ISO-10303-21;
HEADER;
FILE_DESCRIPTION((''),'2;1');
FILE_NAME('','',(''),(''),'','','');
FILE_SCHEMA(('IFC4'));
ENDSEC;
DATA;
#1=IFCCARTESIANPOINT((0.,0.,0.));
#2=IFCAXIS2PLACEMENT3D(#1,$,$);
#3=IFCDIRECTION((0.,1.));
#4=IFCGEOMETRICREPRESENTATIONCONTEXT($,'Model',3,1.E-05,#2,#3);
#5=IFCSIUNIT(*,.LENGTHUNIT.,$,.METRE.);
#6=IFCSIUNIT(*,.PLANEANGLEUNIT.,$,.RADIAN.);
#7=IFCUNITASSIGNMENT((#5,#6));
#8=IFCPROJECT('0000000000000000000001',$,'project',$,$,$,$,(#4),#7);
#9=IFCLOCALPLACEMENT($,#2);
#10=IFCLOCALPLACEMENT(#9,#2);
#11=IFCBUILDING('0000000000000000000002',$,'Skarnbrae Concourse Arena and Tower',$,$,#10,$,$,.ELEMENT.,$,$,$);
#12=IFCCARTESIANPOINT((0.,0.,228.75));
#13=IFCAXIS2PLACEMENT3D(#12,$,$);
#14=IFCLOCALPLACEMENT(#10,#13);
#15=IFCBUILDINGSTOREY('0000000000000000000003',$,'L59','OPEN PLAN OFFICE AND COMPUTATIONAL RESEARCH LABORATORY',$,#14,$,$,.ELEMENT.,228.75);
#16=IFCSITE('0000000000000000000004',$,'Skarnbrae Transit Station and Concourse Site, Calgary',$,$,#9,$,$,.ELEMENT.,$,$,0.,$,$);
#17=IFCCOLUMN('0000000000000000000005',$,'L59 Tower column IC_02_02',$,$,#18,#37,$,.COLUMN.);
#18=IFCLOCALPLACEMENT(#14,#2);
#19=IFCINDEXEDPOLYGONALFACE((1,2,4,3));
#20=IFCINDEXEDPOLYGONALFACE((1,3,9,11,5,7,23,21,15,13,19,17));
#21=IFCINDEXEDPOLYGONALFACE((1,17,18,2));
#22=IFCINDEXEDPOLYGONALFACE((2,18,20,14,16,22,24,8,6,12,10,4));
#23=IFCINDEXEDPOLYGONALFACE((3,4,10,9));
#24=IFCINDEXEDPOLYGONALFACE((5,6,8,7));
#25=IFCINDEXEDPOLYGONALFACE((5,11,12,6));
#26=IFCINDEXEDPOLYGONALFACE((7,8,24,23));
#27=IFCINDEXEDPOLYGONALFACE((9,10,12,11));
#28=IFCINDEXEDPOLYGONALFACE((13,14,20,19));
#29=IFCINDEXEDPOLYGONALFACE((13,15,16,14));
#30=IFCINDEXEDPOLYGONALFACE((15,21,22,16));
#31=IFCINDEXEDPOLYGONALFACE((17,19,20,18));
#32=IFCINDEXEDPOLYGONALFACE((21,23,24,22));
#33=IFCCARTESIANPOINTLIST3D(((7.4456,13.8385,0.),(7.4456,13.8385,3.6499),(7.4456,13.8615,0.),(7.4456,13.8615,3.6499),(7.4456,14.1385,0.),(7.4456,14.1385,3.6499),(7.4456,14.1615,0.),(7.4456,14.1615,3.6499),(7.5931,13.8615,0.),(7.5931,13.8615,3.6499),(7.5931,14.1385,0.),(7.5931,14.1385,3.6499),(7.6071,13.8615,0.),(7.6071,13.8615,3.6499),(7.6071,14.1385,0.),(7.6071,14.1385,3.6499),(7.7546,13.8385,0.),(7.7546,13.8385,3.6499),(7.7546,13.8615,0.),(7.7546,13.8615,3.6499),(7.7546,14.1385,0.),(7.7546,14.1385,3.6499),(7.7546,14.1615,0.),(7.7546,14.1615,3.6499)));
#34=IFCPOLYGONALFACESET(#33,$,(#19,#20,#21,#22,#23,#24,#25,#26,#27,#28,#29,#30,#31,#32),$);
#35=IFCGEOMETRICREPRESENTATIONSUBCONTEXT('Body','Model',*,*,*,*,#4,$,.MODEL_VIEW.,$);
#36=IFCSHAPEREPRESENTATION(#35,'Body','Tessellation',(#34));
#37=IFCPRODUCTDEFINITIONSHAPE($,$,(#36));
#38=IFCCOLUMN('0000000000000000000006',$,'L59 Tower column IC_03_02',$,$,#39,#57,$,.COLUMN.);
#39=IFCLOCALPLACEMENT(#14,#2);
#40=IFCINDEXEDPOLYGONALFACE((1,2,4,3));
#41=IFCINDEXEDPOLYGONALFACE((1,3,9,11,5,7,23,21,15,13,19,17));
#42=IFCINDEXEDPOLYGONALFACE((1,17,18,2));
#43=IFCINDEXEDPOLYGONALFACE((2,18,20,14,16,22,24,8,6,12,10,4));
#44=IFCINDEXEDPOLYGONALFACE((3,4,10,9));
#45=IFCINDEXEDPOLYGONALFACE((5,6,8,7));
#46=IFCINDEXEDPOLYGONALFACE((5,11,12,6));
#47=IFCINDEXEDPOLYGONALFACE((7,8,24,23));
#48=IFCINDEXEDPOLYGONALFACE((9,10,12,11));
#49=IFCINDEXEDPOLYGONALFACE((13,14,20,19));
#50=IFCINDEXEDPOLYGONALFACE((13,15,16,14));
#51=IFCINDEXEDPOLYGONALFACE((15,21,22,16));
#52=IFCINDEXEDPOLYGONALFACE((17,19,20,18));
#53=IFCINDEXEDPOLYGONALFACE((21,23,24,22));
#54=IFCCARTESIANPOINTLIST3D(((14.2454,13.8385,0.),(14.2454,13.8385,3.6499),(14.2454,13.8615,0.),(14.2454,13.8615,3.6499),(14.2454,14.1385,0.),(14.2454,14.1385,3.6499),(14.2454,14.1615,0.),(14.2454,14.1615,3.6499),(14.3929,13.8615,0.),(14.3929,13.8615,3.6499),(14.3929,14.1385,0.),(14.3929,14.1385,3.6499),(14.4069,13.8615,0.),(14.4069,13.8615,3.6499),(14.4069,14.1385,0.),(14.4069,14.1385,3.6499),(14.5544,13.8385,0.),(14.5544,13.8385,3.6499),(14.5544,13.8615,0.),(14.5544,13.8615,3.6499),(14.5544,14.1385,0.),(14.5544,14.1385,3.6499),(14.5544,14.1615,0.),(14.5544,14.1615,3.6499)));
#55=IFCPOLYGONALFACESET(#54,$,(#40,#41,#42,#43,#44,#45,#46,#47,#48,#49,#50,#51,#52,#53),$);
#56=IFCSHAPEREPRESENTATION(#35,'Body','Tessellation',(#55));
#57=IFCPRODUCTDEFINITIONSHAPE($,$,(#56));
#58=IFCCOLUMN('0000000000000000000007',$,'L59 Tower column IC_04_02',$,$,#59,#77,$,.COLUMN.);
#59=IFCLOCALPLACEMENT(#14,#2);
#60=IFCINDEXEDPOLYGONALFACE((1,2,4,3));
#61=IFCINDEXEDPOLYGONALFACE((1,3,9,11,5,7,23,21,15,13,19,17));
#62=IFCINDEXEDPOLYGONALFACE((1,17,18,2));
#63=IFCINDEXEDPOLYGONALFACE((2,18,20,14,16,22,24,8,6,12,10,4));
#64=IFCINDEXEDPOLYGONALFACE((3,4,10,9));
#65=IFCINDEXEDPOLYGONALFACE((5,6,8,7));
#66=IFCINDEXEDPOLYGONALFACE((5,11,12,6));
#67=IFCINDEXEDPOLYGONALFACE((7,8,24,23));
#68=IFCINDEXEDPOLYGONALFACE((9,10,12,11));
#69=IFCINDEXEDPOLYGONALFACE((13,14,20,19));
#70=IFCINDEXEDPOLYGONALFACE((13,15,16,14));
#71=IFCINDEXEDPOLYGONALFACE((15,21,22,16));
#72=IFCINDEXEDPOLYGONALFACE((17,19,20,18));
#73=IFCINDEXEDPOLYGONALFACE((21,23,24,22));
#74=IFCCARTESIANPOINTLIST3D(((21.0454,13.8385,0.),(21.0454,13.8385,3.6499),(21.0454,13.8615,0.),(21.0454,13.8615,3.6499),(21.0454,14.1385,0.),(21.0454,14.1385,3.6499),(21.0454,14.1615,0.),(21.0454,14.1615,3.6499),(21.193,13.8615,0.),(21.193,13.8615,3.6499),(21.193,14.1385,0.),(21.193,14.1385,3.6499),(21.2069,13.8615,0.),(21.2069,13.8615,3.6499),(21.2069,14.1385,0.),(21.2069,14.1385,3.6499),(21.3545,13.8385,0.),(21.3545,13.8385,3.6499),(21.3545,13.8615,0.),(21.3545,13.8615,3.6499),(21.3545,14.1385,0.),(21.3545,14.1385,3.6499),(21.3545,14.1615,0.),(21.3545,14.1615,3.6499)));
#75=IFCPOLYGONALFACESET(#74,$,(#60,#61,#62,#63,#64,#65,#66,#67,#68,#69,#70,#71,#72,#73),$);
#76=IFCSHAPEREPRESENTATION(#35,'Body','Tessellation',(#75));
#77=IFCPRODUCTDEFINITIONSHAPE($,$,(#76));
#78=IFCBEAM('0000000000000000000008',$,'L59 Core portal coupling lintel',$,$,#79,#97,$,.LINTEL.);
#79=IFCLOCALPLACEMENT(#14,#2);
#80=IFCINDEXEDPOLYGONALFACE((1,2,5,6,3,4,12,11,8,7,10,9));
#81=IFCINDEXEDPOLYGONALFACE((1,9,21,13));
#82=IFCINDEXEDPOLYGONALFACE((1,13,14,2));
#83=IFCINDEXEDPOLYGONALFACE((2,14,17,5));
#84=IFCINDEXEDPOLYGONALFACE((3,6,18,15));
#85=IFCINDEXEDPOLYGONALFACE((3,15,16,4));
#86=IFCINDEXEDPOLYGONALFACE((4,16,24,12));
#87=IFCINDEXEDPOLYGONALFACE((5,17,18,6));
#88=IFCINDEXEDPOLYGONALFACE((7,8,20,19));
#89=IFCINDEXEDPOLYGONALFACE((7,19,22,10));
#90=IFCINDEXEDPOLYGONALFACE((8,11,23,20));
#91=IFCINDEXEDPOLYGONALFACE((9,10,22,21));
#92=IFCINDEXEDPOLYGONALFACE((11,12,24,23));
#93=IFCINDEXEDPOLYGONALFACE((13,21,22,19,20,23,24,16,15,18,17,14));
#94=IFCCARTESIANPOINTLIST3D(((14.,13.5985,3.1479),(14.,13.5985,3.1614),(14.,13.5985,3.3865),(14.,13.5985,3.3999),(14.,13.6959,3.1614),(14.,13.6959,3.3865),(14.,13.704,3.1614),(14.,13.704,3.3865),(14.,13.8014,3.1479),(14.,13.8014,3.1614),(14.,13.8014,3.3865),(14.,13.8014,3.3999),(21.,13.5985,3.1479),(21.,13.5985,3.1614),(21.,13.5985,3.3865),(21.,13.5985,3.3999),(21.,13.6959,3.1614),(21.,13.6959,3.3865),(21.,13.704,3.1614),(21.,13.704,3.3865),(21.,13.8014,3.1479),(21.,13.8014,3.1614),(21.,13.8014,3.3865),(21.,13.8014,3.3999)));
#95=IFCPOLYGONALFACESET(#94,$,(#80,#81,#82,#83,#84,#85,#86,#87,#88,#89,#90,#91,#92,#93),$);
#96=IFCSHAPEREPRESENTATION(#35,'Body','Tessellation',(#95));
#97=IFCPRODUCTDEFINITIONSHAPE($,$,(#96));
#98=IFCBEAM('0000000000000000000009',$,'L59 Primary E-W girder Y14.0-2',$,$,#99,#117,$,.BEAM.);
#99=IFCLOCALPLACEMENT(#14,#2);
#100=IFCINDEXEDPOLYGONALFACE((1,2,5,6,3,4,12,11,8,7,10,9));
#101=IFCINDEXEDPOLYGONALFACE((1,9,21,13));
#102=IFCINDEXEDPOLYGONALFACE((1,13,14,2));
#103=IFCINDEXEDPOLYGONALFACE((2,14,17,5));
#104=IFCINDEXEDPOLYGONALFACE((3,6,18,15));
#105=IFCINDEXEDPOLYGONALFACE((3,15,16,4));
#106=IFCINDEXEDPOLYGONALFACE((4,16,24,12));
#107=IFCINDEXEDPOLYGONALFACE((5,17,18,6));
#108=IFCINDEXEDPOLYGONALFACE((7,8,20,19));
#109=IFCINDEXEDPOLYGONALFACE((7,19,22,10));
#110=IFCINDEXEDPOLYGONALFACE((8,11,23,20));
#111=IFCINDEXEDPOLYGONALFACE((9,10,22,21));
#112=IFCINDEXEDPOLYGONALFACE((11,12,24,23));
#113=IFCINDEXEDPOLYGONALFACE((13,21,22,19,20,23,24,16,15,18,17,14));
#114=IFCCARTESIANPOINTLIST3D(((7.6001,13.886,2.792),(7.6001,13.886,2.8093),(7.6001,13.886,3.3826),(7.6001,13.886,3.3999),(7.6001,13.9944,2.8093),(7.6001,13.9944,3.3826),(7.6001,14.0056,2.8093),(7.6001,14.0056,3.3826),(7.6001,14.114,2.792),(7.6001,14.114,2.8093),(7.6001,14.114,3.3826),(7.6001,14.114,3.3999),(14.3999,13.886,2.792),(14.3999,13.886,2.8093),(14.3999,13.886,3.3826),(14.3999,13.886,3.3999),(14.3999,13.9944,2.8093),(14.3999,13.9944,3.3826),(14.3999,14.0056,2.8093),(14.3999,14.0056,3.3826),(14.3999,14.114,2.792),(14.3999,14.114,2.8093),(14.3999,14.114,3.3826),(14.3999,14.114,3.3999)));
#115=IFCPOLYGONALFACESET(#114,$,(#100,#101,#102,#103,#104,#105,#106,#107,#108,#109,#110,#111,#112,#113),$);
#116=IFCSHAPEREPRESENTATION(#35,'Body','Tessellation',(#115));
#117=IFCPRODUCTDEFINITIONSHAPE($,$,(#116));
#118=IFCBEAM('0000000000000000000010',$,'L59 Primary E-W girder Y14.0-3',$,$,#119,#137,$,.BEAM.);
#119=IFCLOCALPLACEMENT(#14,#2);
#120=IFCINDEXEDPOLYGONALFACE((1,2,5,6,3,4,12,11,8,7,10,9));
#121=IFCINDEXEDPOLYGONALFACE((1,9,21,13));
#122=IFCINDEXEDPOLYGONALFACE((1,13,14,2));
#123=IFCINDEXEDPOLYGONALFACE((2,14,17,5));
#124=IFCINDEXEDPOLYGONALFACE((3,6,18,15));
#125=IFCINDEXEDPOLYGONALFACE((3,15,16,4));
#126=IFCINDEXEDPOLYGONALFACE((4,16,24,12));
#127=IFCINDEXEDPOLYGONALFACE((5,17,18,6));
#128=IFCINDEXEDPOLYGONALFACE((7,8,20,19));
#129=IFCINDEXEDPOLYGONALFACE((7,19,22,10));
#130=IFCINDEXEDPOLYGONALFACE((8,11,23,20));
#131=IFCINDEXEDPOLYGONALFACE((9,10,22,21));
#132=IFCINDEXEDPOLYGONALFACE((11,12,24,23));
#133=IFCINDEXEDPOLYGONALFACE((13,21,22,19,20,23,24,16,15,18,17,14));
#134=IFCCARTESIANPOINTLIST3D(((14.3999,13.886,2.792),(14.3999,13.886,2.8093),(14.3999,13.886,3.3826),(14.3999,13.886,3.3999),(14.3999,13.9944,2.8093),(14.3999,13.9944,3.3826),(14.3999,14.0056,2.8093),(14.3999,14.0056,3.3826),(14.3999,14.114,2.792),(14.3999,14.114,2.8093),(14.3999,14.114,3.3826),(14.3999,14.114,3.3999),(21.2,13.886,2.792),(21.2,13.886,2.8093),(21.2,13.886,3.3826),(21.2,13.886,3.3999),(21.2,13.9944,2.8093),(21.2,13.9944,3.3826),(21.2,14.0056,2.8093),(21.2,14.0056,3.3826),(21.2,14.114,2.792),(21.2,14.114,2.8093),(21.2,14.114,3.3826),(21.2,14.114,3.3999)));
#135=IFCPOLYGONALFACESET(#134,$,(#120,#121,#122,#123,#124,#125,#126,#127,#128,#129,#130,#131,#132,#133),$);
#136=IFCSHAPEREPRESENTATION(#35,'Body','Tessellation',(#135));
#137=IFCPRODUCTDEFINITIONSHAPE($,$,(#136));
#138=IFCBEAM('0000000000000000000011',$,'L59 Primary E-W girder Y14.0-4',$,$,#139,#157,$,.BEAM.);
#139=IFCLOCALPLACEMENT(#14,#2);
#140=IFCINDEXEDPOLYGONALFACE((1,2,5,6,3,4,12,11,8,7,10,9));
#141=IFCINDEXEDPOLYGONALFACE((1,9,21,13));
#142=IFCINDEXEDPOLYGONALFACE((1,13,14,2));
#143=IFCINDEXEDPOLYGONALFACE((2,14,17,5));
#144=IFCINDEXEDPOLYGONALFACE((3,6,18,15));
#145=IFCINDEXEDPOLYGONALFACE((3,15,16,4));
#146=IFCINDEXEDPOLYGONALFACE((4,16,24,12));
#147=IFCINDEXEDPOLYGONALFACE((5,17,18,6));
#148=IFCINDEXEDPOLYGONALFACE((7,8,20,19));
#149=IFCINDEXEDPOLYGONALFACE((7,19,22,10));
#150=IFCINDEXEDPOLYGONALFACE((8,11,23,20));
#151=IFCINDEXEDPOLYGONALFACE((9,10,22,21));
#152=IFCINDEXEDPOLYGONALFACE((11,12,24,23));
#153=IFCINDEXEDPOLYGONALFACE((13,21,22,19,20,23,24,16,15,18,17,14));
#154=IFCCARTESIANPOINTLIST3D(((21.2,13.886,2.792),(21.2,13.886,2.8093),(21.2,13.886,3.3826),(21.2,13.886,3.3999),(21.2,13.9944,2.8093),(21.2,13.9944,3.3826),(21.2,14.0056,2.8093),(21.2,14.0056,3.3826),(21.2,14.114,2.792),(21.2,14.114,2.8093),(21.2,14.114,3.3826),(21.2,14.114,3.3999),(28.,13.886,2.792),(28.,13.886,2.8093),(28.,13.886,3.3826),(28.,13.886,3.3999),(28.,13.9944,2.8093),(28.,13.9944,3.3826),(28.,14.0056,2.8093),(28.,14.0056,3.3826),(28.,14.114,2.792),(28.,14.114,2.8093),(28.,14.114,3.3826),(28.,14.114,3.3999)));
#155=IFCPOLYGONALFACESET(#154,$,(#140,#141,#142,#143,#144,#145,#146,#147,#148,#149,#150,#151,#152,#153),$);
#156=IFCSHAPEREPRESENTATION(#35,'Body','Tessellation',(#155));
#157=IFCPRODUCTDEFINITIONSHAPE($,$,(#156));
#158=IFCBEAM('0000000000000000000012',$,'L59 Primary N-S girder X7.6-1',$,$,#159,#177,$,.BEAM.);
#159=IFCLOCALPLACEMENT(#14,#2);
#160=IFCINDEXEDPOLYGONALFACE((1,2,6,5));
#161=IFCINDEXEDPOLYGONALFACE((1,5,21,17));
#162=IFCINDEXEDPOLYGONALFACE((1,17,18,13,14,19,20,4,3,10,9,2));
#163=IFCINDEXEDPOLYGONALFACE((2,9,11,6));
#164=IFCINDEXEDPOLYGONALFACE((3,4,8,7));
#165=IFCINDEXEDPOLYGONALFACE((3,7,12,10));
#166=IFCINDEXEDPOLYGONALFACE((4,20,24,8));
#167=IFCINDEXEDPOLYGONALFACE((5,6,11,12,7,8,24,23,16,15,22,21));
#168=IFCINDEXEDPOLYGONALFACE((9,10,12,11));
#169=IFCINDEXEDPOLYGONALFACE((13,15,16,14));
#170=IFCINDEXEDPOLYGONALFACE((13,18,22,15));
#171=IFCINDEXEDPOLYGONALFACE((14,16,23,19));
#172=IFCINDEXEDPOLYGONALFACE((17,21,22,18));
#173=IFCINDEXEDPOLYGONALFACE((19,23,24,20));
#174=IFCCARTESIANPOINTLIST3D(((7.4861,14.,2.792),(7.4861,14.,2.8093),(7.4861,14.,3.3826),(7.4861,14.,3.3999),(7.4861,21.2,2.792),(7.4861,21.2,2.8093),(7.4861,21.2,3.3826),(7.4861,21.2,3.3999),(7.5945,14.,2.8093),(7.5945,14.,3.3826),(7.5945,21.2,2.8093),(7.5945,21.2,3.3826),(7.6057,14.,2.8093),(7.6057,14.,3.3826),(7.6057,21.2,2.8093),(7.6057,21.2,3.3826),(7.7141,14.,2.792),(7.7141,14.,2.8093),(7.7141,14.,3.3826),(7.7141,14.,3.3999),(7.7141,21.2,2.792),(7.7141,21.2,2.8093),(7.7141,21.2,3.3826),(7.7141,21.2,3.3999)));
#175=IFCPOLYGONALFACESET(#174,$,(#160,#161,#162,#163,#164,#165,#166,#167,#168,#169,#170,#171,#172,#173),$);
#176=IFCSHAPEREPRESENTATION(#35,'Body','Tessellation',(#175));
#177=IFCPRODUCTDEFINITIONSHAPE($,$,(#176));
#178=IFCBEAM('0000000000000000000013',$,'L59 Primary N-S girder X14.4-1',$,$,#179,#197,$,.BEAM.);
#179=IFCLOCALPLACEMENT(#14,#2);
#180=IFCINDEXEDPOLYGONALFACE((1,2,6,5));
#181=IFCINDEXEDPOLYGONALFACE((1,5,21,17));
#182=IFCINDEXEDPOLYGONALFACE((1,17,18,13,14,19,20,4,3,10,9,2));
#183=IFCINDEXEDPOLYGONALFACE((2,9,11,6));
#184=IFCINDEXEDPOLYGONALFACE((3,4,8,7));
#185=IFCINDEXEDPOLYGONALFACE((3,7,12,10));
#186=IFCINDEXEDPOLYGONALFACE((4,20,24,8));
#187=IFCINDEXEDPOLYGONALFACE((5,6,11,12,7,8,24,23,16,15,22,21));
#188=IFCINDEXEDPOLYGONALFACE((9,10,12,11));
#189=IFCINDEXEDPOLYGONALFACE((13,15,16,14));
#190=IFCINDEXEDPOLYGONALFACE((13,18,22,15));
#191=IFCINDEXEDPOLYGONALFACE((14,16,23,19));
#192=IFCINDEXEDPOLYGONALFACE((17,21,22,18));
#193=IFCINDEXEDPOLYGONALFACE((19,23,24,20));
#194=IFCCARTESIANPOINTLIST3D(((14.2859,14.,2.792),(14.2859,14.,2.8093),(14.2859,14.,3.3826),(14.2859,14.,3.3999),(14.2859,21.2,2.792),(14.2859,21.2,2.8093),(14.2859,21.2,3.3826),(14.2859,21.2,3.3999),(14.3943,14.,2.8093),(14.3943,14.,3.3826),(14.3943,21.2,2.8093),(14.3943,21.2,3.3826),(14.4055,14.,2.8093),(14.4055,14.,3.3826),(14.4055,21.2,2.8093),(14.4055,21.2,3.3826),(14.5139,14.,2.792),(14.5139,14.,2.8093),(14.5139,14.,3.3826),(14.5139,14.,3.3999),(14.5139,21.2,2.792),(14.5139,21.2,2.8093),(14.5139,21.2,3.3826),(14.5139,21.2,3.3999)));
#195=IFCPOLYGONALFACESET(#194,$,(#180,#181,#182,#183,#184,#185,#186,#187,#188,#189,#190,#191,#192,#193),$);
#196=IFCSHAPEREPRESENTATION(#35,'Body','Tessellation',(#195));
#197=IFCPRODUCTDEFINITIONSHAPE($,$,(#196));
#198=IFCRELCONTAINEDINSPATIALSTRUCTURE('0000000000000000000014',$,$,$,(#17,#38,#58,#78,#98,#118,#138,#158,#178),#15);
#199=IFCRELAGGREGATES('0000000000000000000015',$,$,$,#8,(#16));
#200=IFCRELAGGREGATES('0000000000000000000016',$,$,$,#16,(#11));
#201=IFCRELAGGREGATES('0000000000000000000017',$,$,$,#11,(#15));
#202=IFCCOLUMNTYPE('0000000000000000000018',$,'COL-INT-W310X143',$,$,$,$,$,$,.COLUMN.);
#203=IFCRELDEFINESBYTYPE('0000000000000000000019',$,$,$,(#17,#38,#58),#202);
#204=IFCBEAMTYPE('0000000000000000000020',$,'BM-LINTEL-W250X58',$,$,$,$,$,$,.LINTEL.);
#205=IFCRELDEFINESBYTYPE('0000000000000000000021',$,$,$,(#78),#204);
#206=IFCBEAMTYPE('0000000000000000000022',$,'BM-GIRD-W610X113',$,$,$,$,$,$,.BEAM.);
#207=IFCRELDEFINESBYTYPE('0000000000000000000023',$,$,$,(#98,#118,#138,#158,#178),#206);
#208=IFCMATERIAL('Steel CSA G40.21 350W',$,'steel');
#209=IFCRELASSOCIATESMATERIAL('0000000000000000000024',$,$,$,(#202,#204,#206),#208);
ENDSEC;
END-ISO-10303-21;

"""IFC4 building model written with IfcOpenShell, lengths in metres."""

from ifc_helpers import new_model, si_unit, direction, frame, origin, origin_2d, place, context, subcontext, project, spatial, i_section, extrude, source, transform, mapped, material, material_profile, profile_set, type_object, element, save


model = new_model("IFC4")

# Units and contexts
model_context = context("Model", 3, precision=1e-05, world=origin(), true_north=direction((0.0, 1.0)))
body_context = subcontext(model_context, "Body", "Model", "MODEL_VIEW")
ifc_project = project(units=[si_unit("LENGTHUNIT", "METRE"), si_unit("PLANEANGLEUNIT", "RADIAN")], contexts=[model_context])

# Site, building, storey
site_placement = place(None, origin())
site = spatial("IfcSite", under=ifc_project, at=site_placement, Name="Skarnbrae Transit Station and Concourse Site, Calgary", CompositionType="ELEMENT", RefElevation=0.0)
building_placement = place(site_placement, origin())
building = spatial("IfcBuilding", under=site, at=building_placement, Name="Skarnbrae Concourse Arena and Tower", CompositionType="ELEMENT")
storey_placement = place(building_placement, frame((0.0, 0.0, 228.75)))
storey = spatial("IfcBuildingStorey", under=building, at=storey_placement, Name="L59", Description="OPEN PLAN OFFICE AND COMPUTATIONAL RESEARCH LABORATORY", CompositionType="ELEMENT", Elevation=228.75)

# Columns
ifc_material_1 = material(Name="Steel CSA G40.21 350W", Category="steel")
ifc_material_profile_1 = material_profile(ifc_material_1, i_section(OverallWidth=0.3091, OverallDepth=0.323, WebThickness=0.0139, FlangeThickness=0.0229, at=origin_2d()), Name="W310X143")
ifc_profile_set_1 = profile_set([ifc_material_profile_1], Name="Steel CSA G40.21 350W")
column_type = type_object("IfcColumnType", Name="COL-INT-W310X143", PredefinedType="COLUMN", material=ifc_profile_set_1)
shared_shape_1 = source(origin(), body_context, "Body", "SweptSolid", [
    extrude(i_section(OverallWidth=0.3091, OverallDepth=0.323, WebThickness=0.0139, FlangeThickness=0.0229, at=origin_2d()), origin(), (0.0, 0.0, 1.0), 3.6499),
])
for number, where, z_axis, x_axis, name in (
    (1, (7.6001, 14.0, 0.0), (0.0, 0.0, 1.0), (1.0, 0.0, 0.0), "L59 Tower column IC_02_02"),
    (2, (14.3999, 14.0, 0.0), (0.0, 0.0, 1.0), (1.0, 0.0, 0.0), "L59 Tower column IC_03_02"),
    (3, (21.2, 14.0, 0.0), (0.0, 0.0, 1.0), (1.0, 0.0, 0.0), "L59 Tower column IC_04_02"),
):
    element("IfcColumn", number, at=place(storey_placement, frame(where, z_axis=z_axis, x_axis=x_axis)), inside=storey, type_object=column_type, Name=name, PredefinedType="COLUMN", context=body_context, shape_type="MappedRepresentation", body=[
        mapped(shared_shape_1, transform((0.0, 0.0, 0.0))),
    ])

# Beams
ifc_material_profile_2 = material_profile(ifc_material_1, i_section(OverallWidth=0.2029, OverallDepth=0.252, WebThickness=0.0081, FlangeThickness=0.0134, at=origin_2d()), Name="W250X58")
ifc_profile_set_2 = profile_set([ifc_material_profile_2], Name="Steel CSA G40.21 350W")
beam_type_1 = type_object("IfcBeamType", Name="BM-LINTEL-W250X58", PredefinedType="LINTEL", material=ifc_profile_set_2)
shared_shape_2 = source(origin(), body_context, "Body", "SweptSolid", [
    extrude(i_section(OverallWidth=0.2029, OverallDepth=0.252, WebThickness=0.0081, FlangeThickness=0.0134, at=origin_2d()), origin(), (0.0, 0.0, 1.0), 7.0),
])
beam_1_placement = place(storey_placement, frame((14.0, 13.7, 3.2739), z_axis=(1.0, 0.0, 0.0), x_axis=(0.0, 1.0, 0.0)))
element("IfcBeam", 4, at=beam_1_placement, inside=storey, type_object=beam_type_1, Name="L59 Core portal coupling lintel", PredefinedType="LINTEL", context=body_context, shape_type="MappedRepresentation", body=[
    mapped(shared_shape_2, transform((0.0, 0.0, 0.0))),
])
ifc_material_profile_3 = material_profile(ifc_material_1, i_section(OverallWidth=0.228, OverallDepth=0.6079, WebThickness=0.0112, FlangeThickness=0.0173, at=origin_2d()), Name="W610X113")
ifc_profile_set_3 = profile_set([ifc_material_profile_3], Name="Steel CSA G40.21 350W")
beam_type_2 = type_object("IfcBeamType", Name="BM-GIRD-W610X113", PredefinedType="BEAM", material=ifc_profile_set_3)
shared_shape_3 = source(origin(), body_context, "Body", "SweptSolid", [
    extrude(i_section(OverallWidth=0.228, OverallDepth=0.6079, WebThickness=0.0112, FlangeThickness=0.0173, at=origin_2d()), origin(), (0.0, 0.0, 1.0), 6.7998),
])
beam_2_placement = place(storey_placement, frame((7.6001, 14.0, 3.0959), z_axis=(1.0, 0.0, 0.0), x_axis=(0.0, 1.0, 0.0)))
element("IfcBeam", 5, at=beam_2_placement, inside=storey, type_object=beam_type_2, Name="L59 Primary E-W girder Y14.0-2", PredefinedType="BEAM", context=body_context, shape_type="MappedRepresentation", body=[
    mapped(shared_shape_3, transform((0.0, 0.0, 0.0))),
])
shared_shape_4 = source(origin(), body_context, "Body", "SweptSolid", [
    extrude(i_section(OverallWidth=0.228, OverallDepth=0.6079, WebThickness=0.0112, FlangeThickness=0.0173, at=origin_2d()), origin(), (0.0, 0.0, 1.0), 6.8),
])
for number, where, z_axis, x_axis, name in (
    (6, (14.3999, 14.0, 3.0959), (1.0, 0.0, 0.0), (0.0, 1.0, 0.0), "L59 Primary E-W girder Y14.0-3"),
    (7, (21.2, 14.0, 3.0959), (1.0, 0.0, 0.0), (0.0, 1.0, 0.0), "L59 Primary E-W girder Y14.0-4"),
):
    element("IfcBeam", number, at=place(storey_placement, frame(where, z_axis=z_axis, x_axis=x_axis)), inside=storey, type_object=beam_type_2, Name=name, PredefinedType="BEAM", context=body_context, shape_type="MappedRepresentation", body=[
        mapped(shared_shape_4, transform((0.0, 0.0, 0.0))),
    ])
shared_shape_5 = source(origin(), body_context, "Body", "SweptSolid", [
    extrude(i_section(OverallWidth=0.228, OverallDepth=0.6079, WebThickness=0.0112, FlangeThickness=0.0173, at=origin_2d()), origin(), (0.0, 0.0, 1.0), 7.2),
])
for number, where, z_axis, x_axis, name in (
    (8, (7.6001, 14.0, 3.0959), (0.0, 1.0, 0.0), (-1.0, 0.0, 0.0), "L59 Primary N-S girder X7.6-1"),
    (9, (14.3999, 14.0, 3.0959), (0.0, 1.0, 0.0), (-1.0, 0.0, 0.0), "L59 Primary N-S girder X14.4-1"),
):
    element("IfcBeam", number, at=place(storey_placement, frame(where, z_axis=z_axis, x_axis=x_axis)), inside=storey, type_object=beam_type_2, Name=name, PredefinedType="BEAM", context=body_context, shape_type="MappedRepresentation", body=[
        mapped(shared_shape_5, transform((0.0, 0.0, 0.0))),
    ])

save(model, "model.ifc")
